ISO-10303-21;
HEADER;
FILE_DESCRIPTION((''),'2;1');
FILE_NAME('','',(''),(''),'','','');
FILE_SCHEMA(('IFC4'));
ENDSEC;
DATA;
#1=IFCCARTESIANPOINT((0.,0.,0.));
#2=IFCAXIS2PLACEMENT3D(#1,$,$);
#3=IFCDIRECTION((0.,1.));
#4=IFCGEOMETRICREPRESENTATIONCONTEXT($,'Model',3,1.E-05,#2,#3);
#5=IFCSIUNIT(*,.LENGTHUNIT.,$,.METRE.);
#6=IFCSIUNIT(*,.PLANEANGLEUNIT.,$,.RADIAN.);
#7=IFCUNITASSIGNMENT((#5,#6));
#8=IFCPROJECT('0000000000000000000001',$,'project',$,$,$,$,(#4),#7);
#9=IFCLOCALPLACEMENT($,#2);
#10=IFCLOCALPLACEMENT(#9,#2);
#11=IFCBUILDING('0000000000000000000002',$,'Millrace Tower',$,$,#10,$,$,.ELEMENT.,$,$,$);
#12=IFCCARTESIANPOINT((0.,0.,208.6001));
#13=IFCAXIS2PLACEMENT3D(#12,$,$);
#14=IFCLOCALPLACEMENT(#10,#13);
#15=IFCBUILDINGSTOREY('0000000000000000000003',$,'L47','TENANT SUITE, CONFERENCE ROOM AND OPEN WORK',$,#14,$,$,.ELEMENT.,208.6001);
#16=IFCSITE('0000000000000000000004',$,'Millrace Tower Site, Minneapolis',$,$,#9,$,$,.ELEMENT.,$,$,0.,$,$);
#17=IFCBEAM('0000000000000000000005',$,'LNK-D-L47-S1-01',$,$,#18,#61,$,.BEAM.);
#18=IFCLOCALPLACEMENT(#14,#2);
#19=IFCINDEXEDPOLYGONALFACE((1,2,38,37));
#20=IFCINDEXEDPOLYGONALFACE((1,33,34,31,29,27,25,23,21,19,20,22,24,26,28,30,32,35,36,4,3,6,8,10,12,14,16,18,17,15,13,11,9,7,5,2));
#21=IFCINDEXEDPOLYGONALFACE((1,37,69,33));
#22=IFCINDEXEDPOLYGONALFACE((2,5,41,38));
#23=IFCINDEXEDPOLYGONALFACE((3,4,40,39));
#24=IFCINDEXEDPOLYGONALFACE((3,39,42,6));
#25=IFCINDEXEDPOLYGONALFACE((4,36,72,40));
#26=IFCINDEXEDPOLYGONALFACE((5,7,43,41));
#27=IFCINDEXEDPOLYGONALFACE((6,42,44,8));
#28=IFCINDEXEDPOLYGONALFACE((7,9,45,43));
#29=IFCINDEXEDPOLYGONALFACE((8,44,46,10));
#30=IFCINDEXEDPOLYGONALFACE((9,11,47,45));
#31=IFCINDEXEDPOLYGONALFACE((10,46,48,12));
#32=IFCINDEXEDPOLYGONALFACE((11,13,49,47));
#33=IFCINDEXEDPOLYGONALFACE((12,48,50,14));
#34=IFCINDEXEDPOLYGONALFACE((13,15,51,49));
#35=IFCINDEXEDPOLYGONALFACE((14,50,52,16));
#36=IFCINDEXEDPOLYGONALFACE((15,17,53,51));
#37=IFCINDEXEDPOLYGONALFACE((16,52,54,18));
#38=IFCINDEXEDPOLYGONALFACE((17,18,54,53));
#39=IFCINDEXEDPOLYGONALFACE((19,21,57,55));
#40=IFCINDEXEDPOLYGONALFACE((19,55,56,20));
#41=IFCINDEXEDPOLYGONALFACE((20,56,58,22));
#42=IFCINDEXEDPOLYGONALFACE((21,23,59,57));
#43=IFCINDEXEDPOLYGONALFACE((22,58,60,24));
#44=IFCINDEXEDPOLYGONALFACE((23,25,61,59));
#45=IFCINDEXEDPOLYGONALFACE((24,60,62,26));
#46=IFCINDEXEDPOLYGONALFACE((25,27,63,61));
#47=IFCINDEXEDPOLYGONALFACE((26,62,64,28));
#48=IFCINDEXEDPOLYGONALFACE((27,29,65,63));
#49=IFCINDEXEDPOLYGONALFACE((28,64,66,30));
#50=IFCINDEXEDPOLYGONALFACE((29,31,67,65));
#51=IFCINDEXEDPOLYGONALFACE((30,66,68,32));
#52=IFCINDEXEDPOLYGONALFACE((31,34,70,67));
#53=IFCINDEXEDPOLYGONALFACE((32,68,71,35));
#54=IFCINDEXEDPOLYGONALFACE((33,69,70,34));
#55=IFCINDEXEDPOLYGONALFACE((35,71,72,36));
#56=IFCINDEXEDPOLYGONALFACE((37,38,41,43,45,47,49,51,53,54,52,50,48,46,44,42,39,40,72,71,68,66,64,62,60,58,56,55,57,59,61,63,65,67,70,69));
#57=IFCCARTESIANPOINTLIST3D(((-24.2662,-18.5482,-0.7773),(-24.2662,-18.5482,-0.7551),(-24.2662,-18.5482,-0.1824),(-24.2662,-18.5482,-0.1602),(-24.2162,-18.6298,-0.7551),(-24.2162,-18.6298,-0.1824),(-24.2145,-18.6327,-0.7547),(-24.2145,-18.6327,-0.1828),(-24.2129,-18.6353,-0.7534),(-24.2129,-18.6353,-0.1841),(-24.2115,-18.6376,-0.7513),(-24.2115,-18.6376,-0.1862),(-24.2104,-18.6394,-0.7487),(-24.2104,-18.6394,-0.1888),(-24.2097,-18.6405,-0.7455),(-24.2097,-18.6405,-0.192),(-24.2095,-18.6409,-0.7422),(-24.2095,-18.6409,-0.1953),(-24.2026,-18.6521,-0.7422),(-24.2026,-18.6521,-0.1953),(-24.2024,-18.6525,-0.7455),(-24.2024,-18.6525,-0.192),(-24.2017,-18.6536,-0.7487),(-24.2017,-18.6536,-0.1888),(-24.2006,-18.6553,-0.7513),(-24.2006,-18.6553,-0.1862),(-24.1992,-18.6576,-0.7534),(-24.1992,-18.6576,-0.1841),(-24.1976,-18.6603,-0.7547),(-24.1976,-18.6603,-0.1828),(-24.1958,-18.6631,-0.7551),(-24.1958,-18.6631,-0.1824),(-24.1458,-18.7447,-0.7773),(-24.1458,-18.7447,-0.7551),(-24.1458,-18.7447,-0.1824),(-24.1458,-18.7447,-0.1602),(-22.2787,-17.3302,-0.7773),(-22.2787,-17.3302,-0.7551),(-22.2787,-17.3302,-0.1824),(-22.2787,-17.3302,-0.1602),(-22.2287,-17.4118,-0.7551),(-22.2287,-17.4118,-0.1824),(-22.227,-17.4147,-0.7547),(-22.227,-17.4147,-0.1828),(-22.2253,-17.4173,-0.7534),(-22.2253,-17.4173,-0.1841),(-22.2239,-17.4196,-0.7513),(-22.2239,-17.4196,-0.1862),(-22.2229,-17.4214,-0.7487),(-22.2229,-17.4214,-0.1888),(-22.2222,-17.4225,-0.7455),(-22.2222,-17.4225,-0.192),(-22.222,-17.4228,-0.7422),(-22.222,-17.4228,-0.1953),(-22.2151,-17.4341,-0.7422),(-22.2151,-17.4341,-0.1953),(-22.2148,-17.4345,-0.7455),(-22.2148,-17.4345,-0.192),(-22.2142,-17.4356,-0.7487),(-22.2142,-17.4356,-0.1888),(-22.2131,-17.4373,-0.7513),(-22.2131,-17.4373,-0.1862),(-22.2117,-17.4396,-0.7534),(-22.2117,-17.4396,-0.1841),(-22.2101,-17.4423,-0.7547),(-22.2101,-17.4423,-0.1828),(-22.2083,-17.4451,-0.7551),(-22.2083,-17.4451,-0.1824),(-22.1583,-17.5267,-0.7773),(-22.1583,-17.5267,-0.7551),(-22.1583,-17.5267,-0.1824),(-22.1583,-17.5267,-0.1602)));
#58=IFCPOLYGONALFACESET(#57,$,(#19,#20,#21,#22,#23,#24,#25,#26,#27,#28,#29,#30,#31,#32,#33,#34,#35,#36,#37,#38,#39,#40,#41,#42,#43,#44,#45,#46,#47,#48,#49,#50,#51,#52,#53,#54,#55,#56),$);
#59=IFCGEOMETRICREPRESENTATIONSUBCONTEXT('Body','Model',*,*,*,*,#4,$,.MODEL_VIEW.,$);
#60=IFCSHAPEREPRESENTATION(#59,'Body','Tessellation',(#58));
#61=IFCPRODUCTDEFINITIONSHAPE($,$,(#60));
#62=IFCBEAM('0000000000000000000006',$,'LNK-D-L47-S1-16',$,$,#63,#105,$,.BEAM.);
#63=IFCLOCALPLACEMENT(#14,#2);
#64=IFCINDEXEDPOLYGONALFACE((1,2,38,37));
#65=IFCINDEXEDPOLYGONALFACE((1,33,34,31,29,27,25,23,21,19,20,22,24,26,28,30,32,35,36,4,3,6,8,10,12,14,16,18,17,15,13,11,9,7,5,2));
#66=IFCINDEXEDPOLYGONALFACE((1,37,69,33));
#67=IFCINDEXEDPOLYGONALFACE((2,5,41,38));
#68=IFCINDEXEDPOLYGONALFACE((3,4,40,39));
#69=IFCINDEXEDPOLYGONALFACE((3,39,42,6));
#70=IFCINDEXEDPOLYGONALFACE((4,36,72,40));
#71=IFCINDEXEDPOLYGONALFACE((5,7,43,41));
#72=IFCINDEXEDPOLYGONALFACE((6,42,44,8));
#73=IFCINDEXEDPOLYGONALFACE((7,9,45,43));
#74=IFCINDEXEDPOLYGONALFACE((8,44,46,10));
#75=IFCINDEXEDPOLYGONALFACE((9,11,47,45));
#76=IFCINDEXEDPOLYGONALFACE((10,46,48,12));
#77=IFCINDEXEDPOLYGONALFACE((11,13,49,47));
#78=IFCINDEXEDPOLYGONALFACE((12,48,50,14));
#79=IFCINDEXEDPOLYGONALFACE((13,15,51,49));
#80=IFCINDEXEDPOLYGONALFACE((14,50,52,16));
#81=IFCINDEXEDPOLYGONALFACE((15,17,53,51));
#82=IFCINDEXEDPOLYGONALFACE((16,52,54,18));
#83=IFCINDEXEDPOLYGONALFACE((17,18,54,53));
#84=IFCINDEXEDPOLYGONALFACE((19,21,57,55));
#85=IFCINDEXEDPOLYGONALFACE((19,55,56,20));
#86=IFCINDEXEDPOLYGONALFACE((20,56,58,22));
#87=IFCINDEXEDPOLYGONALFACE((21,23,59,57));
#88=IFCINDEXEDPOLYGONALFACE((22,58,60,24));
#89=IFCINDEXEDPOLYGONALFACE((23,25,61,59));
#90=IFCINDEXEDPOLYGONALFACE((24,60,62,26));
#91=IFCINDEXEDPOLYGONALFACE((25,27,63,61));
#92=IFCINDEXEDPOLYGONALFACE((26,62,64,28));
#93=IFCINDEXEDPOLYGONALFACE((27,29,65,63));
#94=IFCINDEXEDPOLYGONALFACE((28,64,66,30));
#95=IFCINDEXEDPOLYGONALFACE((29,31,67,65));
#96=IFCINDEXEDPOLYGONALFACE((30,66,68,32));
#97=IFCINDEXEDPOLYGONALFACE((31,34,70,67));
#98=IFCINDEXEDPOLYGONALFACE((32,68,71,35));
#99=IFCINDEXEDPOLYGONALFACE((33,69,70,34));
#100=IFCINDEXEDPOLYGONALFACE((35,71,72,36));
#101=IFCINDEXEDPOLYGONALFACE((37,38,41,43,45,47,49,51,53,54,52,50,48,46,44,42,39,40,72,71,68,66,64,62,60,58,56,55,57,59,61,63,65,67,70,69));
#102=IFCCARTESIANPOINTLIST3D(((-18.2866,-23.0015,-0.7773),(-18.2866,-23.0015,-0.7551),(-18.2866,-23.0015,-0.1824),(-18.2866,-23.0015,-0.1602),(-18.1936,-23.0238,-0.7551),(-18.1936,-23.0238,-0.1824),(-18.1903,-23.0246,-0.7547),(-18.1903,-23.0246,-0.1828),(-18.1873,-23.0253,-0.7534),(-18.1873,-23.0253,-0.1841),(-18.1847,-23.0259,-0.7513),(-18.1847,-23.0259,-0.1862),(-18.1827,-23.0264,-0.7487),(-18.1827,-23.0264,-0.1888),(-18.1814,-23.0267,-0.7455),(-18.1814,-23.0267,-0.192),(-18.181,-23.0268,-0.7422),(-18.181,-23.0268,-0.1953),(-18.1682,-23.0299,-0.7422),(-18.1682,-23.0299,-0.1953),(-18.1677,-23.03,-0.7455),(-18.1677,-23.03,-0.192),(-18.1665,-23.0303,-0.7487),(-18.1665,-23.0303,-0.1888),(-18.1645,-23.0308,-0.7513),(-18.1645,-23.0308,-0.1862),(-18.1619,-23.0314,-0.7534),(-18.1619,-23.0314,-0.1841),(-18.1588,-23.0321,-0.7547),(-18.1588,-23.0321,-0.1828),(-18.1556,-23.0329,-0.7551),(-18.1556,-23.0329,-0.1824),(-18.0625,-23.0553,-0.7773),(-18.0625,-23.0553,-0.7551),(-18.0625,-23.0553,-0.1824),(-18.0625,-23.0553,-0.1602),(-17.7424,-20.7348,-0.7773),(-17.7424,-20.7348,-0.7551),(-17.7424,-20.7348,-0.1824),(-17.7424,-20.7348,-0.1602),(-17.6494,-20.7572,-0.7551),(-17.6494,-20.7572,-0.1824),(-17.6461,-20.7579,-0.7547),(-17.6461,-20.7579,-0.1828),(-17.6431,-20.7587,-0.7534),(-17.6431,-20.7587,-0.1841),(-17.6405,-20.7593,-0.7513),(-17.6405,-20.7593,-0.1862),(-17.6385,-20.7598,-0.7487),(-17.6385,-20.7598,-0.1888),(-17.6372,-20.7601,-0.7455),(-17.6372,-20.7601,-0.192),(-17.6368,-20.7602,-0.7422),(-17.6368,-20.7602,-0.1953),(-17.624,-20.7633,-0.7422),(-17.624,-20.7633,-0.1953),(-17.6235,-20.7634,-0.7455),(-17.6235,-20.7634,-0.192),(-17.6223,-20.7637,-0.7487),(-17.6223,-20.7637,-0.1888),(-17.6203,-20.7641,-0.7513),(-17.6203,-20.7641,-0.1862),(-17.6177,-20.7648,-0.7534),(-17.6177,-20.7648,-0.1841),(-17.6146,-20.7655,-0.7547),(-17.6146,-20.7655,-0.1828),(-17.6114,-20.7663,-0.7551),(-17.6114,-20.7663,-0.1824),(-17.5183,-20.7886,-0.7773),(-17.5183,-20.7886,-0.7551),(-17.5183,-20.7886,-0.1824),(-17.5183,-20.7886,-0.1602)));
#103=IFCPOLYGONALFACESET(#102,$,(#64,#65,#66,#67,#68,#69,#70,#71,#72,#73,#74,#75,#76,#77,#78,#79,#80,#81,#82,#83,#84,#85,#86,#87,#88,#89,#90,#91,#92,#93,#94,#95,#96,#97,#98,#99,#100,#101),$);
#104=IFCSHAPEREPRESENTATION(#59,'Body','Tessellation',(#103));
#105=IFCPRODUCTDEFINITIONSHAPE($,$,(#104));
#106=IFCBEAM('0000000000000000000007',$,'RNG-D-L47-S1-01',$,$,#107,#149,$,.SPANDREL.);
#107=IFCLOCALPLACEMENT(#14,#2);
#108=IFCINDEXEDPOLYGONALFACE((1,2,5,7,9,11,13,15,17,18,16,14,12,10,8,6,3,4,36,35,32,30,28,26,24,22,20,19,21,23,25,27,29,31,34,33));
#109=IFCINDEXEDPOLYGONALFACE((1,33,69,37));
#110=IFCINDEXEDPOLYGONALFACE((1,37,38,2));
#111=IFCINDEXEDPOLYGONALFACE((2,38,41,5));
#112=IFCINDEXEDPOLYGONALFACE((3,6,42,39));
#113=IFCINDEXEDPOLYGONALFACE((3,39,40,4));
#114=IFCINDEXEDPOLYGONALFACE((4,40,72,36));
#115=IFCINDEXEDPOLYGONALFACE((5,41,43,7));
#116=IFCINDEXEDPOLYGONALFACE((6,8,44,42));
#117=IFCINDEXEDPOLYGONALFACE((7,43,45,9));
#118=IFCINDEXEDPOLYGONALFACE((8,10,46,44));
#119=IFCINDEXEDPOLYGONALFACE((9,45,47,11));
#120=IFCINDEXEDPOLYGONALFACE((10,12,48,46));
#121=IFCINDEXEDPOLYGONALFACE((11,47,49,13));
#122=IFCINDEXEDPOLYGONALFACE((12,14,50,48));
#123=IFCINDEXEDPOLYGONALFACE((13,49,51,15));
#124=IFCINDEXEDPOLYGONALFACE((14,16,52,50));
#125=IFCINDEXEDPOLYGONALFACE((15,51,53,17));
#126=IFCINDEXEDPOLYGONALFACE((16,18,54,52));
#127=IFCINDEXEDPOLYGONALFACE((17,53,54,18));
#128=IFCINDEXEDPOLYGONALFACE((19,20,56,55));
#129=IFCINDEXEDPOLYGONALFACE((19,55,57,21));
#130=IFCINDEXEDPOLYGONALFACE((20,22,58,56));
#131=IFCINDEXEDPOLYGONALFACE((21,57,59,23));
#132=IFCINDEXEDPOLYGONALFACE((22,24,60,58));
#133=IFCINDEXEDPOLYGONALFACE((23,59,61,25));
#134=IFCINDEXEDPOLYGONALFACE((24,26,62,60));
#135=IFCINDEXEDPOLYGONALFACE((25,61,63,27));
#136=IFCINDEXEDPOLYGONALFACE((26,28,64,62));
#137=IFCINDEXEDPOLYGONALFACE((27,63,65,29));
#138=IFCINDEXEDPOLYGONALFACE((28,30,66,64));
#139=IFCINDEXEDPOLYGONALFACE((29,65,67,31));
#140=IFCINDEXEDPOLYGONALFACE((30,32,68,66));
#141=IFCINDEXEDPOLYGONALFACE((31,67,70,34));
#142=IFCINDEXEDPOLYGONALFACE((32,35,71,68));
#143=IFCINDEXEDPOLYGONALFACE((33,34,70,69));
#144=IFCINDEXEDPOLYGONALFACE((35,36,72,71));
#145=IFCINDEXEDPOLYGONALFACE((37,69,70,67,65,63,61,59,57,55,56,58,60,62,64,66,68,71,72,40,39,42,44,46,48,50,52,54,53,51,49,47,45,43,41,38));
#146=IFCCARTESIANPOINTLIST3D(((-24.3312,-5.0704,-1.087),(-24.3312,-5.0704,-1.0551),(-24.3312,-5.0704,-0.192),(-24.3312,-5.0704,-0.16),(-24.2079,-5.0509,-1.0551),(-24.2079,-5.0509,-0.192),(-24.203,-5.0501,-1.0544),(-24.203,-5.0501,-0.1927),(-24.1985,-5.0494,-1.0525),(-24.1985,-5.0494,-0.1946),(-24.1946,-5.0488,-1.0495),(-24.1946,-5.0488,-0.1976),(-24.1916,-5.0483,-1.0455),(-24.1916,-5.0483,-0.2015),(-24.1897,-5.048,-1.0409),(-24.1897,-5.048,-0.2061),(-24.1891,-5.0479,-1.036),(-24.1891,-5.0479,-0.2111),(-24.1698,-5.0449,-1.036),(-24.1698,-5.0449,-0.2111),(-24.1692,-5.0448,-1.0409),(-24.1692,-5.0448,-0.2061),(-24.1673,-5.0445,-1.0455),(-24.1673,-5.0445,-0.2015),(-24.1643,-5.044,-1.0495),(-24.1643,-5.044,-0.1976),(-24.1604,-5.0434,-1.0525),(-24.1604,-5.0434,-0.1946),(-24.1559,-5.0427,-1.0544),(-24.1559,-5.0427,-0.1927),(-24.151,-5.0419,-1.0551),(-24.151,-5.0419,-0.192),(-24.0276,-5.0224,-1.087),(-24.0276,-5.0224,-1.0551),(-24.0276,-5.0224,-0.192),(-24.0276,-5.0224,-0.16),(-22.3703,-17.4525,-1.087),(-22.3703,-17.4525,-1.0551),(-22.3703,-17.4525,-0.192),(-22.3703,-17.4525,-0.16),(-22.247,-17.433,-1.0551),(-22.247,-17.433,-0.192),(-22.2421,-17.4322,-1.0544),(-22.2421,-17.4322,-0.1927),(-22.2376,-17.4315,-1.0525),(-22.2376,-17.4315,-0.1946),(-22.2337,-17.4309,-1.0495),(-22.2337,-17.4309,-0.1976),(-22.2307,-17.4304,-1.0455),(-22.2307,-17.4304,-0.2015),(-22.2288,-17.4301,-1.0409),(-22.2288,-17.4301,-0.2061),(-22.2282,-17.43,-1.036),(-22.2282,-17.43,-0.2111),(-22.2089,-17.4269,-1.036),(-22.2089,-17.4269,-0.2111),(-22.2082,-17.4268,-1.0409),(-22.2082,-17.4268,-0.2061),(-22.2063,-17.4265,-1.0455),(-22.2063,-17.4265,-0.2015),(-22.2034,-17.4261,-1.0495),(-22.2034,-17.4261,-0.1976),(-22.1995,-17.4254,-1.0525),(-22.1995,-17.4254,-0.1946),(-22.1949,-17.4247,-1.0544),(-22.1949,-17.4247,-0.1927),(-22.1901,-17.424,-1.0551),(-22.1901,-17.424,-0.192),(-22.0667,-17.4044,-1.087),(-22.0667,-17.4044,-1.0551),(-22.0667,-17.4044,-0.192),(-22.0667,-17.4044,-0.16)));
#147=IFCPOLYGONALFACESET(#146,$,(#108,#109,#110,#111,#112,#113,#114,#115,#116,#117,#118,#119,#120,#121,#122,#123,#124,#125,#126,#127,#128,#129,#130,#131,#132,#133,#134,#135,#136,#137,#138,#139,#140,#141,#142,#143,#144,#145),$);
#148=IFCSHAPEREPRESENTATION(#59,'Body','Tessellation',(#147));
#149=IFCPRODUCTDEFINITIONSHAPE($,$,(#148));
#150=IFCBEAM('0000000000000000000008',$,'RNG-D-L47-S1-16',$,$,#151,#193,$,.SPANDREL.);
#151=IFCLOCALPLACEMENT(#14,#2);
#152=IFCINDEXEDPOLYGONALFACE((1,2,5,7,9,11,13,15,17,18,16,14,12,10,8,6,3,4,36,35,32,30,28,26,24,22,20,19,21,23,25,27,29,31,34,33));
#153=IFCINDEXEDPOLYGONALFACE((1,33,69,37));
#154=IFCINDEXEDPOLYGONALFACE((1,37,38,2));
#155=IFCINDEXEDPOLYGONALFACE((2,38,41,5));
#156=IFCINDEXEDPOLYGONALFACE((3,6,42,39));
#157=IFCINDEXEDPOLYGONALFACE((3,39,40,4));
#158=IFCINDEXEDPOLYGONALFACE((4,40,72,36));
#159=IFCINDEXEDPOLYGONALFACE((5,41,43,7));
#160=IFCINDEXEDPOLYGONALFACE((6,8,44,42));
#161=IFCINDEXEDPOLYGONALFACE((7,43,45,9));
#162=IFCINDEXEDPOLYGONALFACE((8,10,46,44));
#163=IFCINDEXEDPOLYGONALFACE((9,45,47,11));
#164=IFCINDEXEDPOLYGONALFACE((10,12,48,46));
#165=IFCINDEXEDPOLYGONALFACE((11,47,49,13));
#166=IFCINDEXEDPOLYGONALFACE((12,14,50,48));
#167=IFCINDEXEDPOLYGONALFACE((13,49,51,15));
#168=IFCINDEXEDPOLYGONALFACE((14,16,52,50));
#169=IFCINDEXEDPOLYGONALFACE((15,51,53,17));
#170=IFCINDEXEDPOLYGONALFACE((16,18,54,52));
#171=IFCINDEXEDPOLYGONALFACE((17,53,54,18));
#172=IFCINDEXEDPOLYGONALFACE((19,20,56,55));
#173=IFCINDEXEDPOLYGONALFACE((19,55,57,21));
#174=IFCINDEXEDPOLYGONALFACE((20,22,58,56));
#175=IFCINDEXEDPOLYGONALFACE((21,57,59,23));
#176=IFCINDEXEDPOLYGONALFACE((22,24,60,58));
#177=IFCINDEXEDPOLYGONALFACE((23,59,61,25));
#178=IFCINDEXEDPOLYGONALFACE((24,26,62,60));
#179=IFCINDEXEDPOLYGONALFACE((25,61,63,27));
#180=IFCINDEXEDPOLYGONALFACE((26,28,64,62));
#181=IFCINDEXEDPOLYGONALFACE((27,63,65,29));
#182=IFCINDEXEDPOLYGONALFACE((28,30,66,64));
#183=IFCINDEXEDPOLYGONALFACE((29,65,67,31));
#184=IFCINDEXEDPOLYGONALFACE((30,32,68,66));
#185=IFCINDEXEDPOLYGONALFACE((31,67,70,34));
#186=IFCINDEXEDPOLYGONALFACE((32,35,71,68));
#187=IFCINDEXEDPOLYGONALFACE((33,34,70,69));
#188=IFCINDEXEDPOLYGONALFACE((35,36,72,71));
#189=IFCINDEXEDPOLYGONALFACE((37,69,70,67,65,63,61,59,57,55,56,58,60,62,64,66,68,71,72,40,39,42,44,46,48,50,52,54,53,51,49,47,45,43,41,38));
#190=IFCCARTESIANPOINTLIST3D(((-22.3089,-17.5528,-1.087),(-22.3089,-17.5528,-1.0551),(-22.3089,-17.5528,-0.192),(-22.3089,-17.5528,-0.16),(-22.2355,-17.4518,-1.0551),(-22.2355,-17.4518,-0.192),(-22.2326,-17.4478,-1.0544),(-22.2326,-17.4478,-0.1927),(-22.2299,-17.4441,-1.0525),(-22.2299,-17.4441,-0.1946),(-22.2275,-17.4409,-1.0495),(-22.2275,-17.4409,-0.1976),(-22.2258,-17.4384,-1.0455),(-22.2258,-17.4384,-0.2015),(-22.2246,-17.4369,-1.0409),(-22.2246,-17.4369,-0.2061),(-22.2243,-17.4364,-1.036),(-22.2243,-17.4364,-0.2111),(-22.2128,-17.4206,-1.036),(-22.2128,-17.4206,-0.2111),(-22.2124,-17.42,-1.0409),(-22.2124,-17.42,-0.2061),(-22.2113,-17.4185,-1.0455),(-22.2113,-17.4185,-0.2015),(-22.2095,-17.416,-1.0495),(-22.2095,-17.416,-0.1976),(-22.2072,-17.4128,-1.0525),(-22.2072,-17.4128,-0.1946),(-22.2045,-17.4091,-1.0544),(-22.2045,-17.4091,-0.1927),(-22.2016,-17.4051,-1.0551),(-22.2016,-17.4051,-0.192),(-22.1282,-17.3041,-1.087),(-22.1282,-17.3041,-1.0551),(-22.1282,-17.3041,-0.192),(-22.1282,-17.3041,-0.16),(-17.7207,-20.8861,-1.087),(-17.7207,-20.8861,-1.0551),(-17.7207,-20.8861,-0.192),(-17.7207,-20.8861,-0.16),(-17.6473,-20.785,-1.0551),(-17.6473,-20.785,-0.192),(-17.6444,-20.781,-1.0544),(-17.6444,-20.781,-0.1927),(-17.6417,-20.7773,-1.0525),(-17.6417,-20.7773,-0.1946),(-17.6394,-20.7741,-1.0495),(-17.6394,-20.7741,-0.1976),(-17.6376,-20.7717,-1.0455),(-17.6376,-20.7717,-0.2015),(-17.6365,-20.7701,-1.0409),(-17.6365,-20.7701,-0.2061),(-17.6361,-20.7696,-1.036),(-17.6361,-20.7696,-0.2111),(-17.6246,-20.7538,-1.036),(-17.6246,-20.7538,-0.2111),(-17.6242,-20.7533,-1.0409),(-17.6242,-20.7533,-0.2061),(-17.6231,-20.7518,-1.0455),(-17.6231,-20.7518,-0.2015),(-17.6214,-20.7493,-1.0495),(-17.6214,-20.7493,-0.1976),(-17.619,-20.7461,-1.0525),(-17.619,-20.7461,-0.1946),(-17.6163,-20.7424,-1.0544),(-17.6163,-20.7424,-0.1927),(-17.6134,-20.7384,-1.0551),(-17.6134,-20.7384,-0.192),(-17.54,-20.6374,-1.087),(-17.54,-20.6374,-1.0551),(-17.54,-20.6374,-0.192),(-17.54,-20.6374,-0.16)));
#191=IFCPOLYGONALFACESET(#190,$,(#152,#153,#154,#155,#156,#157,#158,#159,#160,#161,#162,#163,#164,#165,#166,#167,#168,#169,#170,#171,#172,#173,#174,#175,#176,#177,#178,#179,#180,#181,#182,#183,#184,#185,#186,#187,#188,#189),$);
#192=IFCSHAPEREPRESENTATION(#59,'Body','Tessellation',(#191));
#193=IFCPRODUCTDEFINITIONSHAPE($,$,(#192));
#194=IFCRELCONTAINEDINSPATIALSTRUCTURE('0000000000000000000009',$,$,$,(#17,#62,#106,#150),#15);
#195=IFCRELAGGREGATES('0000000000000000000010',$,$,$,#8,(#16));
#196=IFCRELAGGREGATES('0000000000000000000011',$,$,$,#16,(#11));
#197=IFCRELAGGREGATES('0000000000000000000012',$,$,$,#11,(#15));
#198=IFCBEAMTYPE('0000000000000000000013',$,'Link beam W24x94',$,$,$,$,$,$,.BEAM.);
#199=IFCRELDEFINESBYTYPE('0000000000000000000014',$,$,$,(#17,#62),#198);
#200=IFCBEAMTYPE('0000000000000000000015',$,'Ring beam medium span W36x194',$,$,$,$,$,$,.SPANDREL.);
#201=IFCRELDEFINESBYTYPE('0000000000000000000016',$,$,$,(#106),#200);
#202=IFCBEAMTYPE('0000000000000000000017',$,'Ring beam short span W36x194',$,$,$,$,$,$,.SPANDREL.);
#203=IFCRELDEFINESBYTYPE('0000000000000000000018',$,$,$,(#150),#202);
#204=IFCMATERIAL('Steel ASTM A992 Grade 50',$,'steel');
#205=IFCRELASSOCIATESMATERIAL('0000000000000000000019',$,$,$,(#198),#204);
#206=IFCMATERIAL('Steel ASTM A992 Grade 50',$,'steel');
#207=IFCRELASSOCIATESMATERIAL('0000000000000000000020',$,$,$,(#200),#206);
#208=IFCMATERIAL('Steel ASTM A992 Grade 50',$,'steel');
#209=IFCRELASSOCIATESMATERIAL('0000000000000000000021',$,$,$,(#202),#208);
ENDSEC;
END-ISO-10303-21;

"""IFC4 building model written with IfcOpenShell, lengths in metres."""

from ifc_helpers import new_model, si_unit, direction, frame, origin, origin_2d, place, context, subcontext, project, spatial, i_section, extrude, material, material_profile, profile_set, type_object, element, save


model = new_model("IFC4")

# Units and contexts
model_context = context("Model", 3, precision=1e-05, world=origin(), true_north=direction((0.0, 1.0)))
body_context = subcontext(model_context, "Body", "Model", "MODEL_VIEW")
ifc_project = project(units=[si_unit("LENGTHUNIT", "METRE"), si_unit("PLANEANGLEUNIT", "RADIAN")], contexts=[model_context])

# Site, building, storey
site_placement = place(None, origin())
site = spatial("IfcSite", under=ifc_project, at=site_placement, Name="Millrace Tower Site, Minneapolis", CompositionType="ELEMENT", RefElevation=0.0)
building_placement = place(site_placement, origin())
building = spatial("IfcBuilding", under=site, at=building_placement, Name="Millrace Tower", CompositionType="ELEMENT")
storey_placement = place(building_placement, frame((0.0, 0.0, 208.6001)))
storey = spatial("IfcBuildingStorey", under=building, at=storey_placement, Name="L47", Description="TENANT SUITE, CONFERENCE ROOM AND OPEN WORK", CompositionType="ELEMENT", Elevation=208.6001)

# Beams
ifc_material_1 = material(Name="Steel ASTM A992 Grade 50", Category="steel")
ifc_material_profile_1 = material_profile(ifc_material_1, i_section(OverallWidth=0.2305, OverallDepth=0.6172, WebThickness=0.0132, FlangeThickness=0.0222, FilletRadius=0.0129, at=origin_2d()))
ifc_profile_set_1 = profile_set([ifc_material_profile_1], Name="Steel ASTM A992 Grade 50")
beam_type_1 = type_object("IfcBeamType", Name="Link beam W24x94", PredefinedType="BEAM", material=ifc_profile_set_1)
for number, where, z_axis, x_axis, name in (
    (1, (-22.2185, -17.4285, -0.4688), (-0.852631, -0.522513, 0.0), (0.522513, -0.852631, 0.0), "LNK-D-L47-S1-01"),
    (2, (-17.6304, -20.7617, -0.4688), (-0.233456, -0.972367, 0.0), (0.972367, -0.233456, 0.0), "LNK-D-L47-S1-16"),
):
    element("IfcBeam", number, at=place(storey_placement, frame(where, z_axis=z_axis, x_axis=x_axis)), inside=storey, type_object=beam_type_1, Name=name, PredefinedType="BEAM", context=body_context, shape_type="SweptSolid", body=[
        extrude(i_section(OverallWidth=0.2305, OverallDepth=0.6172, WebThickness=0.0132, FlangeThickness=0.0222, FilletRadius=0.0129, at=origin_2d()), origin(), (0.0, 0.0, 1.0), 2.3311),
    ])
ifc_material_2 = material(Name="Steel ASTM A992 Grade 50", Category="steel")
ifc_material_profile_2 = material_profile(ifc_material_2, i_section(OverallWidth=0.3074, OverallDepth=0.927, WebThickness=0.0195, FlangeThickness=0.032, FilletRadius=0.019, at=origin_2d()))
ifc_profile_set_2 = profile_set([ifc_material_profile_2], Name="Steel ASTM A992 Grade 50")
beam_type_2 = type_object("IfcBeamType", Name="Ring beam medium span W36x194", PredefinedType="SPANDREL", material=ifc_profile_set_2)
beam_1_placement = place(storey_placement, frame((-22.2185, -17.4285, -0.6235), z_axis=(-0.15642, 0.987691, 0.0), x_axis=(-0.987691, -0.15642, 0.0)))
element("IfcBeam", 3, at=beam_1_placement, inside=storey, type_object=beam_type_2, Name="RNG-D-L47-S1-01", PredefinedType="SPANDREL", context=body_context, shape_type="SweptSolid", body=[
    extrude(i_section(OverallWidth=0.3074, OverallDepth=0.927, WebThickness=0.0195, FlangeThickness=0.032, FilletRadius=0.019, at=origin_2d()), origin(), (0.0, 0.0, 1.0), 12.5364),
])
ifc_material_3 = material(Name="Steel ASTM A992 Grade 50", Category="steel")
ifc_material_profile_3 = material_profile(ifc_material_3, i_section(OverallWidth=0.3074, OverallDepth=0.927, WebThickness=0.0195, FlangeThickness=0.032, FilletRadius=0.019, at=origin_2d()))
ifc_profile_set_3 = profile_set([ifc_material_profile_3], Name="Steel ASTM A992 Grade 50")
beam_type_3 = type_object("IfcBeamType", Name="Ring beam short span W36x194", PredefinedType="SPANDREL", material=ifc_profile_set_3)
beam_2_placement = place(storey_placement, frame((-17.6304, -20.7617, -0.6235), z_axis=(-0.809036, 0.58776, 0.0), x_axis=(-0.58776, -0.809036, 0.0)))
element("IfcBeam", 4, at=beam_2_placement, inside=storey, type_object=beam_type_3, Name="RNG-D-L47-S1-16", PredefinedType="SPANDREL", context=body_context, shape_type="SweptSolid", body=[
    extrude(i_section(OverallWidth=0.3074, OverallDepth=0.927, WebThickness=0.0195, FlangeThickness=0.032, FilletRadius=0.019, at=origin_2d()), origin(), (0.0, 0.0, 1.0), 5.6711),
])

save(model, "model.ifc")
